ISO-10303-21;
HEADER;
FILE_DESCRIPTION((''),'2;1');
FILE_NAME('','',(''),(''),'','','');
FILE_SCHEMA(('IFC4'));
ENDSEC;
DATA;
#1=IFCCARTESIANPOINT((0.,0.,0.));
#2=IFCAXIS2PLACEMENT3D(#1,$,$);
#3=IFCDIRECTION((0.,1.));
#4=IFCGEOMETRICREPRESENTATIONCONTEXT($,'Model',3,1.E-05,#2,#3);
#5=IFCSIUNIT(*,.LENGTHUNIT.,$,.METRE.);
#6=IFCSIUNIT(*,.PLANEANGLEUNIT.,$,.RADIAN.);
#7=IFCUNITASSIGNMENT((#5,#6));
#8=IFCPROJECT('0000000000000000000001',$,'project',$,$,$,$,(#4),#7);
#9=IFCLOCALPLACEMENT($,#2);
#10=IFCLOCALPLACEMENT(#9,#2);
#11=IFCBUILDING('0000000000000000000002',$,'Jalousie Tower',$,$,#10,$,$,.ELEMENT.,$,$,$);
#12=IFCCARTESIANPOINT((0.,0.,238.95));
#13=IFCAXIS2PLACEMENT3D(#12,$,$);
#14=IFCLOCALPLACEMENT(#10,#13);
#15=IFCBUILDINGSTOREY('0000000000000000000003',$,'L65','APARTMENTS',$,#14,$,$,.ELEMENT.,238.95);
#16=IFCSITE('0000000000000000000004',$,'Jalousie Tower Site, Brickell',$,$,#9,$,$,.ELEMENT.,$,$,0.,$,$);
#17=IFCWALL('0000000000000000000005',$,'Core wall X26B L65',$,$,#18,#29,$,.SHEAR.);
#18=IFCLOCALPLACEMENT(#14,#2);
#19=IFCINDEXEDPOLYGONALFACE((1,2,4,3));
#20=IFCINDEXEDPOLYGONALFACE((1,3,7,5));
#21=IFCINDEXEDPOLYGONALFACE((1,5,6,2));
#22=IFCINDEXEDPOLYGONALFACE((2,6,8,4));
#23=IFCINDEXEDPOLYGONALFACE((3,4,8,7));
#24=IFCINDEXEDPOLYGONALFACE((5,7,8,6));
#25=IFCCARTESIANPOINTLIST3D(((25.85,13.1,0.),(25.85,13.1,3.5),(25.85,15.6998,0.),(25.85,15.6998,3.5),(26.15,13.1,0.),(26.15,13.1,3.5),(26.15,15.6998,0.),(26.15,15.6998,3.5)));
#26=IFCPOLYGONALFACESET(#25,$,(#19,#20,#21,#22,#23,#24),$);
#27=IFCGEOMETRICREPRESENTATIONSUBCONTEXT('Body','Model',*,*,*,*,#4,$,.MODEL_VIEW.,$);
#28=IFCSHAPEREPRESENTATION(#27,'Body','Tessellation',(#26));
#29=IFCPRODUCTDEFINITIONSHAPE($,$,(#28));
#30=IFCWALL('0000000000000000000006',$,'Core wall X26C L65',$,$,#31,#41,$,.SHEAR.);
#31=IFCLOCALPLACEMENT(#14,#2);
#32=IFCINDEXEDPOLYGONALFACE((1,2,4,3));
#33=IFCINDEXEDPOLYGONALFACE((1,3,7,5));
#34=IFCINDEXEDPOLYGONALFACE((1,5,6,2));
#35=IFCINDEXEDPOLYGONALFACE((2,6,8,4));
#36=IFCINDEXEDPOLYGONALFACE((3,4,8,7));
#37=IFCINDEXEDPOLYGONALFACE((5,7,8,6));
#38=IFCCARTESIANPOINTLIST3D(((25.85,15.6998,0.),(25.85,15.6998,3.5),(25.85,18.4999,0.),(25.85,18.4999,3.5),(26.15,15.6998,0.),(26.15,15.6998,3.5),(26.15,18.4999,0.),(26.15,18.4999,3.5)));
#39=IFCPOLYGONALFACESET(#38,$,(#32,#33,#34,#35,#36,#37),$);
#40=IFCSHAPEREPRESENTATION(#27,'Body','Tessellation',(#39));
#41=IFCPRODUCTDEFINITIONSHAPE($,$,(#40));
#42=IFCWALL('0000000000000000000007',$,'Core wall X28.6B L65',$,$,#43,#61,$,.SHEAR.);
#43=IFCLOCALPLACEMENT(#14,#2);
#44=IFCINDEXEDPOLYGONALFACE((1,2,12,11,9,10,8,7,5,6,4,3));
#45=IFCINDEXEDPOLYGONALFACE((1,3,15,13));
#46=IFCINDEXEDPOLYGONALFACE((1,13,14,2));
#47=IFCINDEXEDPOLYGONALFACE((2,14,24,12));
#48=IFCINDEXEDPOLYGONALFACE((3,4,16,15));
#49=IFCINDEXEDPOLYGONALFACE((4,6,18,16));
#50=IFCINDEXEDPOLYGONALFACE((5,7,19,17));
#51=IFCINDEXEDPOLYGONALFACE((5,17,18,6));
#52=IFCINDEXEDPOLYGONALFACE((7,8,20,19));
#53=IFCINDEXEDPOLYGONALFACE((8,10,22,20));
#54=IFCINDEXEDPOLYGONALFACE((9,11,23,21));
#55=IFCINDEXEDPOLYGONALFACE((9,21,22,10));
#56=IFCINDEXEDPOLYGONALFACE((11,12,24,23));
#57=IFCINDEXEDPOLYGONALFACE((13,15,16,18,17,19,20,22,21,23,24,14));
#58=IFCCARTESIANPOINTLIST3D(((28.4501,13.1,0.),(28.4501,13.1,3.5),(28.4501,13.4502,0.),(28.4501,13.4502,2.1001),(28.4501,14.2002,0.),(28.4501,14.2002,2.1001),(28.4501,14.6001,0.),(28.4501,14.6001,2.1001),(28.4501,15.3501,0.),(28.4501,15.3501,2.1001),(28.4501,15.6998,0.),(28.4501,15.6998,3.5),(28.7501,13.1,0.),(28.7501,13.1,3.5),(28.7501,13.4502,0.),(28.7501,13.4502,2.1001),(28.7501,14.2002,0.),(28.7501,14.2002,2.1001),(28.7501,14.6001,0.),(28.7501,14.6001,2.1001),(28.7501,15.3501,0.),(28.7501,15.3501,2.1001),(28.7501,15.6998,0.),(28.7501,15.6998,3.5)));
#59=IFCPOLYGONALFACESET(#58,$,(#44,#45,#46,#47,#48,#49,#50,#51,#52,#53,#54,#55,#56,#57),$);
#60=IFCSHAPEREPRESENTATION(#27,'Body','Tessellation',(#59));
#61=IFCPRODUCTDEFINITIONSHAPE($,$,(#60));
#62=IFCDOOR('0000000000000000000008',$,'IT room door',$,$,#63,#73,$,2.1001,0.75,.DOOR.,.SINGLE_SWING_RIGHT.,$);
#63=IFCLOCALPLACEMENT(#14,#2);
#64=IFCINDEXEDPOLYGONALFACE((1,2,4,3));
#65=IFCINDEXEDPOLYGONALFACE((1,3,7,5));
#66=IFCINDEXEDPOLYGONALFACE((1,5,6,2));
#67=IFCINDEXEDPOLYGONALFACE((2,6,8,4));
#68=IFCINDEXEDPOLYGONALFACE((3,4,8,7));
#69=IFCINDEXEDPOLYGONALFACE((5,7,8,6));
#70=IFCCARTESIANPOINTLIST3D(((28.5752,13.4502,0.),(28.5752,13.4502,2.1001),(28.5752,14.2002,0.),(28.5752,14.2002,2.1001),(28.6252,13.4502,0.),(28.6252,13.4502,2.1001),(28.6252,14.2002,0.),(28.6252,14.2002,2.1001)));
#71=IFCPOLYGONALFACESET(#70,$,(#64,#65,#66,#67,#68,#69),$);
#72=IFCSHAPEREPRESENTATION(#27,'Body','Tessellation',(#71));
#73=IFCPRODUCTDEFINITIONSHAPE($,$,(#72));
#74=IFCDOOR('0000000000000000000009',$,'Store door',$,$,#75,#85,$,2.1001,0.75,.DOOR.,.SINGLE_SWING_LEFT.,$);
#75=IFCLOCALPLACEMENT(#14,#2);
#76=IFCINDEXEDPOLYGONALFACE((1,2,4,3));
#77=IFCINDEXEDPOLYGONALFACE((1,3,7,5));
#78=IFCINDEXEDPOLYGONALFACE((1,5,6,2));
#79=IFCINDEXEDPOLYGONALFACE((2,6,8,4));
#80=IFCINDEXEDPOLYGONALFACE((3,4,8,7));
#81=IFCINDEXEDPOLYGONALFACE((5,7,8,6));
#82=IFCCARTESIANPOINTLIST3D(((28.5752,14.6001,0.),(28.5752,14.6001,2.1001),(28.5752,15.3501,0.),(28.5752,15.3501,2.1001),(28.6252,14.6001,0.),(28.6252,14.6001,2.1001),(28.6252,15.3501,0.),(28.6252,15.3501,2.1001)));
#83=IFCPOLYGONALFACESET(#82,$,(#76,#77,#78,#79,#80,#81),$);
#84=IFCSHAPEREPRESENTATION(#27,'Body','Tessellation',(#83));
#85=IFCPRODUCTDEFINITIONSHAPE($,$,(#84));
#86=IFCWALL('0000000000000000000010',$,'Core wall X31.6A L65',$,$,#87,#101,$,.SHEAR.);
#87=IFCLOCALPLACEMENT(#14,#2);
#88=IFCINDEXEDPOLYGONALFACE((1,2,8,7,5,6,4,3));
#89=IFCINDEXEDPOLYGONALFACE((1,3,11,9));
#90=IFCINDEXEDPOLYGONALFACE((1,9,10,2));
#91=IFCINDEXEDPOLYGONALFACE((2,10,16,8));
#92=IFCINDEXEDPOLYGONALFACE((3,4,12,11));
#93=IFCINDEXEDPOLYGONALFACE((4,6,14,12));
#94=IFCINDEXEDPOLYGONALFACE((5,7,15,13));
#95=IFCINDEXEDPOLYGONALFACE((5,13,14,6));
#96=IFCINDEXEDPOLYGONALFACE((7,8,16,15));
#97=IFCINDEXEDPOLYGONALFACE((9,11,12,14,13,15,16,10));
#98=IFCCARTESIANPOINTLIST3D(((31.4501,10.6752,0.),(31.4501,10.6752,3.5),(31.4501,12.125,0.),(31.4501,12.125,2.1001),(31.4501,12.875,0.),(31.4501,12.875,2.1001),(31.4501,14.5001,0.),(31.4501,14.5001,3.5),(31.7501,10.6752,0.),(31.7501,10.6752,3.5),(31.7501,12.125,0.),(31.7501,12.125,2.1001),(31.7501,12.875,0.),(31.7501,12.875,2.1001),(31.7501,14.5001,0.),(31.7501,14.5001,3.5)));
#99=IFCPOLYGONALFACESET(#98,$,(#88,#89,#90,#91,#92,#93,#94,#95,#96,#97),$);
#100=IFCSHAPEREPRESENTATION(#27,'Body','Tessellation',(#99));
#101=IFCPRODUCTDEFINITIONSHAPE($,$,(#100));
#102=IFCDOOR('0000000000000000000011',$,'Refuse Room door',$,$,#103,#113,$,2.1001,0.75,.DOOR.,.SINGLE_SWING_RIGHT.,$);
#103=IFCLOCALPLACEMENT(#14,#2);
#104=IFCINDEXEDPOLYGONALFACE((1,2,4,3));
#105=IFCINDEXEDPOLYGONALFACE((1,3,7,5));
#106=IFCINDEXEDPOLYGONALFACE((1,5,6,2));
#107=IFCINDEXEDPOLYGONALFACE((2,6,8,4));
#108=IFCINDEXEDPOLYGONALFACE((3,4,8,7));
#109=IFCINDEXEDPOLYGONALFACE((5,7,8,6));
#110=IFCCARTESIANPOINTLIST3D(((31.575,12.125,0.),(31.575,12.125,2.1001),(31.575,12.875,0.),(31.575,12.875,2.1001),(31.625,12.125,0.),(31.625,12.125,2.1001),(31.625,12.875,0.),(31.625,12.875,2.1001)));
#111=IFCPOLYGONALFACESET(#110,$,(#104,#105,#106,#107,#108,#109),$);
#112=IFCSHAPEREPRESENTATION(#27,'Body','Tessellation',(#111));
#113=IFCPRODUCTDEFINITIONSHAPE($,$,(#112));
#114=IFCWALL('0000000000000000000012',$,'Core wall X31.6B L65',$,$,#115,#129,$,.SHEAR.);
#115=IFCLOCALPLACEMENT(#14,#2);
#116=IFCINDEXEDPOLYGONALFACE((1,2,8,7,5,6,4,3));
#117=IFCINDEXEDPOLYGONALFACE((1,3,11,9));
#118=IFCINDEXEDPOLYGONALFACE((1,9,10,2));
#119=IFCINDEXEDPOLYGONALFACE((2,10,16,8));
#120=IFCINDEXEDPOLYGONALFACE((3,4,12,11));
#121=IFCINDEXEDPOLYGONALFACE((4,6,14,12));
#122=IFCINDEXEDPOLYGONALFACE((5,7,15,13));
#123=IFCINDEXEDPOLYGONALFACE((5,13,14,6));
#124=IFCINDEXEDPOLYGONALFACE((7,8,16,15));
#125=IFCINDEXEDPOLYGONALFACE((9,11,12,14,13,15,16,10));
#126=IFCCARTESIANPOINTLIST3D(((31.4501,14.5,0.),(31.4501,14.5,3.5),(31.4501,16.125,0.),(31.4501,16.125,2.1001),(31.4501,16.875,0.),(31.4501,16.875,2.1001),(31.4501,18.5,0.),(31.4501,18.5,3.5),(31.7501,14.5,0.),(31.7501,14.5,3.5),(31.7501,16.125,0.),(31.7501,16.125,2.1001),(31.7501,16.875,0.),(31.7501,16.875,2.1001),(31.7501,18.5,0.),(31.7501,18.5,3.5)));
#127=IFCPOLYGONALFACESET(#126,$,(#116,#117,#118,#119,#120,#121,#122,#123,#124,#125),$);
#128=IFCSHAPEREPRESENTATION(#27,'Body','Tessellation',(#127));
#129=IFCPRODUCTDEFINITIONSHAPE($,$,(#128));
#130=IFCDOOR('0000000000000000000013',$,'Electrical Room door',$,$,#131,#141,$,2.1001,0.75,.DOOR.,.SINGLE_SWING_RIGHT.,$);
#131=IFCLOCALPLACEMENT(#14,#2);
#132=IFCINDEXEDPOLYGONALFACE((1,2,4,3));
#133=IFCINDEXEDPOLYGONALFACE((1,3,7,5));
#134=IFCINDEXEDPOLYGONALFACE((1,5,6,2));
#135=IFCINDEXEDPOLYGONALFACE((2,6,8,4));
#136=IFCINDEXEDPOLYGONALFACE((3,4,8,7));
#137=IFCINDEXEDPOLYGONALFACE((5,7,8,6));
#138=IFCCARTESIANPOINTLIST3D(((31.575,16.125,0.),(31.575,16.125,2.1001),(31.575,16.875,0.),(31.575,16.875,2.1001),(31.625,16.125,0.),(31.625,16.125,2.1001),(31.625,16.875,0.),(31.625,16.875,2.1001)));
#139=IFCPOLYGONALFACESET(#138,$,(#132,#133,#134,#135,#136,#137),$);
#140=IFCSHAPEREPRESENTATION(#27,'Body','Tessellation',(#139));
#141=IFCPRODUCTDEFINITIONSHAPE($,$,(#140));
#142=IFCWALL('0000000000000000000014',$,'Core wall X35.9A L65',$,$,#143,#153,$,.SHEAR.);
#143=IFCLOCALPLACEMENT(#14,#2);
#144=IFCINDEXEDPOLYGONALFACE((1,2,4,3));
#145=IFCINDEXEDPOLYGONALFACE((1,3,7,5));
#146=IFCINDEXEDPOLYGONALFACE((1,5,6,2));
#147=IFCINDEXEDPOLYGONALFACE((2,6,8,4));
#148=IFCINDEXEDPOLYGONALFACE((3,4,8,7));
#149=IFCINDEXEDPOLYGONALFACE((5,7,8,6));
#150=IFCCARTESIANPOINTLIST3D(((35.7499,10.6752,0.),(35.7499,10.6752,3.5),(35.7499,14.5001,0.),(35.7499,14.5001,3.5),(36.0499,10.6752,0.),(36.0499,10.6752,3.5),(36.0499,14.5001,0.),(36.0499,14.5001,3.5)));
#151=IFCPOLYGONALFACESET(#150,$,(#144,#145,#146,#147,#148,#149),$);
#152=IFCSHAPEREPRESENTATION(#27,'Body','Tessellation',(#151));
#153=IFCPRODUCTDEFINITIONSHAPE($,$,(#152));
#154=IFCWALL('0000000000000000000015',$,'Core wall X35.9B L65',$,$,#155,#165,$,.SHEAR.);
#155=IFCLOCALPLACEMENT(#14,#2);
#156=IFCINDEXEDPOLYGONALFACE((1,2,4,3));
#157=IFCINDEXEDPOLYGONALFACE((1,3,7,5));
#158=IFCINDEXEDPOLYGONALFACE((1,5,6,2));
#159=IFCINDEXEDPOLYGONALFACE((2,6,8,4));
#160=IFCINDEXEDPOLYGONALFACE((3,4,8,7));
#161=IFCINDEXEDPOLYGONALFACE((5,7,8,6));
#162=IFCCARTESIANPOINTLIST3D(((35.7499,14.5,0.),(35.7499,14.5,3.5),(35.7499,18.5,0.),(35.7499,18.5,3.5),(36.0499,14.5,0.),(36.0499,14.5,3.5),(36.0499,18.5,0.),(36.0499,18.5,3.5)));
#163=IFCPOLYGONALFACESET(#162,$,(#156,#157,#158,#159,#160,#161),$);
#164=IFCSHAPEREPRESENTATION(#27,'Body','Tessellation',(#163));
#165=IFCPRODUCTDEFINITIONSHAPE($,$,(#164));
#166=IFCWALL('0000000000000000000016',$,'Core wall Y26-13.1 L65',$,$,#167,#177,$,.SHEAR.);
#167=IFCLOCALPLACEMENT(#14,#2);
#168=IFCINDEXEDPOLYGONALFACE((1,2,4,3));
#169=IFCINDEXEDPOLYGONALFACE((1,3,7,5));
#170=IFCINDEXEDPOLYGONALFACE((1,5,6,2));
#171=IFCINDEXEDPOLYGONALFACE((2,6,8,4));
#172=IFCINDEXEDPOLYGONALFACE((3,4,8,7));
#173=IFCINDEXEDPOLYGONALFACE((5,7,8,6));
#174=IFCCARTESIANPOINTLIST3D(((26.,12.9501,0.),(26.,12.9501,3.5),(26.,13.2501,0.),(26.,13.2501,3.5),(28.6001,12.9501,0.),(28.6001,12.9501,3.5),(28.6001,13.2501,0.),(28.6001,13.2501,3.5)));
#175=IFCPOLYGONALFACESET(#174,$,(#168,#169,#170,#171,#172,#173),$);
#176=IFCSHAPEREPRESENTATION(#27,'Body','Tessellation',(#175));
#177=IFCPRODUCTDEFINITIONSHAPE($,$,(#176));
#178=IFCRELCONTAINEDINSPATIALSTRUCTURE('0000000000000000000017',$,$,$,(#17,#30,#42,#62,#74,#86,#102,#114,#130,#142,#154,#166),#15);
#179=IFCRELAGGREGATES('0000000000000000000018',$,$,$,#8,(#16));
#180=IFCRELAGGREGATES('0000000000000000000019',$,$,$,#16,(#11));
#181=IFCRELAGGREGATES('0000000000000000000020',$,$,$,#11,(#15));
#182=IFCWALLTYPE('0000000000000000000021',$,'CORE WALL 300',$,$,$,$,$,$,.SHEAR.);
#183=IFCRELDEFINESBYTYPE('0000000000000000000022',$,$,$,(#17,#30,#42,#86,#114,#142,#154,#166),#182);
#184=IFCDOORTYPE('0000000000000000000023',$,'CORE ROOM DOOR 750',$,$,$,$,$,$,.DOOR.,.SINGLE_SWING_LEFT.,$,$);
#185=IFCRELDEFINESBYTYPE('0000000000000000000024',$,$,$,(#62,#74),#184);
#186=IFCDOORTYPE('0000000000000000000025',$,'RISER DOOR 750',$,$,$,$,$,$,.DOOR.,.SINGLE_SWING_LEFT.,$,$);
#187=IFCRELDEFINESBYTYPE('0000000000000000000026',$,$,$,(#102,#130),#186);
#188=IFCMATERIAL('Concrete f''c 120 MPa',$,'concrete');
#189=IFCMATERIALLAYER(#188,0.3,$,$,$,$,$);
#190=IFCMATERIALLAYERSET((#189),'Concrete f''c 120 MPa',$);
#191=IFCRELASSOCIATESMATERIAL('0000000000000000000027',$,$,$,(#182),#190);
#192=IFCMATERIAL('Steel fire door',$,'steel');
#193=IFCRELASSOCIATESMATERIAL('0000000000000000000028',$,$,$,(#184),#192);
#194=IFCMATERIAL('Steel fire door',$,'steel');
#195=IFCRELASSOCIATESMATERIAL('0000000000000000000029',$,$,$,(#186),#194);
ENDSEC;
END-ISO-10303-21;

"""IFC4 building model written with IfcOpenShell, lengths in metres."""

from ifc_helpers import new_model, si_unit, direction, frame, frame_2d, origin, place, context, subcontext, project, spatial, rectangle, extrude, material, layer, layer_set, type_object, element, fill, save


model = new_model("IFC4")

# Units and contexts
model_context = context("Model", 3, precision=1e-05, world=origin(), true_north=direction((0.0, 1.0)))
body_context = subcontext(model_context, "Body", "Model", "MODEL_VIEW")
ifc_project = project(units=[si_unit("LENGTHUNIT", "METRE"), si_unit("PLANEANGLEUNIT", "RADIAN")], contexts=[model_context])

# Site, building, storey
site_placement = place(None, origin())
site = spatial("IfcSite", under=ifc_project, at=site_placement, Name="Jalousie Tower Site, Brickell", CompositionType="ELEMENT", RefElevation=0.0)
building_placement = place(site_placement, origin())
building = spatial("IfcBuilding", under=site, at=building_placement, Name="Jalousie Tower", CompositionType="ELEMENT")
storey_placement = place(building_placement, frame((0.0, 0.0, 238.95)))
storey = spatial("IfcBuildingStorey", under=building, at=storey_placement, Name="L65", Description="APARTMENTS", CompositionType="ELEMENT", Elevation=238.95)

# Walls
ifc_material_1 = material(Name="Concrete f'c 120 MPa", Category="concrete")
ifc_layer = layer(ifc_material_1, 0.3)
ifc_layer_set = layer_set([ifc_layer], Name="Concrete f'c 120 MPa")
wall_type_1 = type_object("IfcWallType", Name="CORE WALL 300", PredefinedType="SHEAR", material=ifc_layer_set)
wall_1_placement = place(storey_placement, frame((26.0, 13.1001, 0.0), z_axis=(0.0, 0.0, 1.0), x_axis=(0.0, 1.0, 0.0)))
element("IfcWall", 1, at=wall_1_placement, inside=storey, type_object=wall_type_1, Name="Core wall X26B L65", PredefinedType="SHEAR", context=body_context, shape_type="SweptSolid", body=[
    extrude(rectangle(XDim=2.5999, YDim=0.3, at=frame_2d((1.2998, 0.0))), origin(), (0.0, 0.0, 1.0), 3.5),
])
wall_2_placement = place(storey_placement, frame((26.0, 15.7, 0.0), z_axis=(0.0, 0.0, 1.0), x_axis=(0.0, 1.0, 0.0)))
element("IfcWall", 2, at=wall_2_placement, inside=storey, type_object=wall_type_1, Name="Core wall X26C L65", PredefinedType="SHEAR", context=body_context, shape_type="SweptSolid", body=[
    extrude(rectangle(XDim=2.8, YDim=0.3, at=frame_2d((1.3999, 0.0))), origin(), (0.0, 0.0, 1.0), 3.5),
])

# Wall, openings, doors
wall_3_placement = place(storey_placement, frame((28.6001, 13.1001, 0.0), z_axis=(0.0, 0.0, 1.0), x_axis=(0.0, 1.0, 0.0)))
wall_3 = element("IfcWall", 3, at=wall_3_placement, inside=storey, type_object=wall_type_1, Name="Core wall X28.6B L65", PredefinedType="SHEAR", context=body_context, shape_type="SweptSolid", body=[
    extrude(rectangle(XDim=2.5999, YDim=0.3, at=frame_2d((1.2998, 0.0))), origin(), (0.0, 0.0, 1.0), 3.5),
])
opening_1_placement = place(wall_3_placement, frame((0.3501, 0.0, 0.0)))
opening_1 = element("IfcOpeningElement", 4, at=opening_1_placement, cuts=wall_3, PredefinedType="OPENING", context=body_context, shape_type="SweptSolid", body=[
    extrude(rectangle(XDim=0.75, YDim=2.1001, at=frame_2d((0.375, 1.05))), frame((0.0, 0.1599, 0.0), z_axis=(0.0, -1.0, 0.0), x_axis=(1.0, 0.0, 0.0)), (0.0, 0.0, 1.0), 0.3201),
])
opening_2_placement = place(wall_3_placement, frame((1.5, 0.0, 0.0)))
opening_2 = element("IfcOpeningElement", 5, at=opening_2_placement, cuts=wall_3, PredefinedType="OPENING", context=body_context, shape_type="SweptSolid", body=[
    extrude(rectangle(XDim=0.75, YDim=2.1001, at=frame_2d((0.375, 1.05))), frame((0.0, 0.1599, 0.0), z_axis=(0.0, -1.0, 0.0), x_axis=(1.0, 0.0, 0.0)), (0.0, 0.0, 1.0), 0.3201),
])
ifc_material_2 = material(Name="Steel fire door", Category="steel")
door_type_1 = type_object("IfcDoorType", Name="CORE ROOM DOOR 750", OperationType="SINGLE_SWING_LEFT", PredefinedType="DOOR", material=ifc_material_2)
door_1_placement = place(opening_1_placement, origin())
door_1 = element("IfcDoor", 6, at=door_1_placement, inside=storey, type_object=door_type_1, Name="IT room door", OperationType="SINGLE_SWING_RIGHT", OverallHeight=2.1001, OverallWidth=0.75, PredefinedType="DOOR", context=body_context, shape_type="SweptSolid", body=[
    extrude(rectangle(XDim=0.75, YDim=2.1001, at=frame_2d((0.375, 1.05))), frame((0.0, 0.0249, 0.0), z_axis=(0.0, -1.0, 0.0), x_axis=(1.0, 0.0, 0.0)), (0.0, 0.0, 1.0), 0.05),
])
fill(opening_1, door_1)
door_2_placement = place(opening_2_placement, origin())
door_2 = element("IfcDoor", 7, at=door_2_placement, inside=storey, type_object=door_type_1, Name="Store door", OperationType="SINGLE_SWING_LEFT", OverallHeight=2.1001, OverallWidth=0.75, PredefinedType="DOOR", context=body_context, shape_type="SweptSolid", body=[
    extrude(rectangle(XDim=0.75, YDim=2.1001, at=frame_2d((0.375, 1.05))), frame((0.0, 0.0249, 0.0), z_axis=(0.0, -1.0, 0.0), x_axis=(1.0, 0.0, 0.0)), (0.0, 0.0, 1.0), 0.05),
])
fill(opening_2, door_2)

# Walls, openings, doors
wall_4_placement = place(storey_placement, frame((31.6001, 10.675, 0.0), z_axis=(0.0, 0.0, 1.0), x_axis=(0.0, 1.0, 0.0)))
wall_4 = element("IfcWall", 8, at=wall_4_placement, inside=storey, type_object=wall_type_1, Name="Core wall X31.6A L65", PredefinedType="SHEAR", context=body_context, shape_type="SweptSolid", body=[
    extrude(rectangle(XDim=3.825, YDim=0.3, at=frame_2d((1.9126, 0.0))), origin(), (0.0, 0.0, 1.0), 3.5),
])
opening_3_placement = place(wall_4_placement, frame((1.45, 0.0, 0.0)))
opening_3 = element("IfcOpeningElement", 9, at=opening_3_placement, cuts=wall_4, PredefinedType="OPENING", context=body_context, shape_type="SweptSolid", body=[
    extrude(rectangle(XDim=0.75, YDim=2.1001, at=frame_2d((0.375, 1.05))), frame((0.0, 0.1599, 0.0), z_axis=(0.0, -1.0, 0.0), x_axis=(1.0, 0.0, 0.0)), (0.0, 0.0, 1.0), 0.3201),
])
ifc_material_3 = material(Name="Steel fire door", Category="steel")
door_type_2 = type_object("IfcDoorType", Name="RISER DOOR 750", OperationType="SINGLE_SWING_LEFT", PredefinedType="DOOR", material=ifc_material_3)
door_3_placement = place(opening_3_placement, frame((0.75, 0.0, 0.0), z_axis=(0.0, 0.0, 1.0), x_axis=(-1.0, 0.0, 0.0)))
door_3 = element("IfcDoor", 10, at=door_3_placement, inside=storey, type_object=door_type_2, Name="Refuse Room door", OperationType="SINGLE_SWING_RIGHT", OverallHeight=2.1001, OverallWidth=0.75, PredefinedType="DOOR", context=body_context, shape_type="SweptSolid", body=[
    extrude(rectangle(XDim=0.75, YDim=2.1001, at=frame_2d((0.375, 1.05))), frame((0.0, 0.0249, 0.0), z_axis=(0.0, -1.0, 0.0), x_axis=(1.0, 0.0, 0.0)), (0.0, 0.0, 1.0), 0.05),
])
fill(opening_3, door_3)
wall_5_placement = place(storey_placement, frame((31.6001, 14.5, 0.0), z_axis=(0.0, 0.0, 1.0), x_axis=(0.0, 1.0, 0.0)))
wall_5 = element("IfcWall", 11, at=wall_5_placement, inside=storey, type_object=wall_type_1, Name="Core wall X31.6B L65", PredefinedType="SHEAR", context=body_context, shape_type="SweptSolid", body=[
    extrude(rectangle(XDim=4.0, YDim=0.3, at=frame_2d((2.0, 0.0))), origin(), (0.0, 0.0, 1.0), 3.5),
])
opening_4_placement = place(wall_5_placement, frame((1.625, 0.0, 0.0)))
opening_4 = element("IfcOpeningElement", 12, at=opening_4_placement, cuts=wall_5, PredefinedType="OPENING", context=body_context, shape_type="SweptSolid", body=[
    extrude(rectangle(XDim=0.75, YDim=2.1001, at=frame_2d((0.375, 1.05))), frame((0.0, 0.1599, 0.0), z_axis=(0.0, -1.0, 0.0), x_axis=(1.0, 0.0, 0.0)), (0.0, 0.0, 1.0), 0.3201),
])
door_4_placement = place(opening_4_placement, frame((0.75, 0.0, 0.0), z_axis=(0.0, 0.0, 1.0), x_axis=(-1.0, 0.0, 0.0)))
door_4 = element("IfcDoor", 13, at=door_4_placement, inside=storey, type_object=door_type_2, Name="Electrical Room door", OperationType="SINGLE_SWING_RIGHT", OverallHeight=2.1001, OverallWidth=0.75, PredefinedType="DOOR", context=body_context, shape_type="SweptSolid", body=[
    extrude(rectangle(XDim=0.75, YDim=2.1001, at=frame_2d((0.375, 1.05))), frame((0.0, 0.0249, 0.0), z_axis=(0.0, -1.0, 0.0), x_axis=(1.0, 0.0, 0.0)), (0.0, 0.0, 1.0), 0.05),
])
fill(opening_4, door_4)

# Walls
wall_6_placement = place(storey_placement, frame((35.8999, 10.675, 0.0), z_axis=(0.0, 0.0, 1.0), x_axis=(0.0, 1.0, 0.0)))
element("IfcWall", 14, at=wall_6_placement, inside=storey, type_object=wall_type_1, Name="Core wall X35.9A L65", PredefinedType="SHEAR", context=body_context, shape_type="SweptSolid", body=[
    extrude(rectangle(XDim=3.825, YDim=0.3, at=frame_2d((1.9126, 0.0))), origin(), (0.0, 0.0, 1.0), 3.5),
])
wall_7_placement = place(storey_placement, frame((35.8999, 14.5, 0.0), z_axis=(0.0, 0.0, 1.0), x_axis=(0.0, 1.0, 0.0)))
element("IfcWall", 15, at=wall_7_placement, inside=storey, type_object=wall_type_1, Name="Core wall X35.9B L65", PredefinedType="SHEAR", context=body_context, shape_type="SweptSolid", body=[
    extrude(rectangle(XDim=4.0, YDim=0.3, at=frame_2d((2.0, 0.0))), origin(), (0.0, 0.0, 1.0), 3.5),
])
for number, where, z_axis, x_axis, name in (
    (16, (26.0, 13.1001, 0.0), (0.0, 0.0, 1.0), (1.0, 0.0, 0.0), "Core wall Y26-13.1 L65"),
):
    element("IfcWall", number, at=place(storey_placement, frame(where, z_axis=z_axis, x_axis=x_axis)), inside=storey, type_object=wall_type_1, Name=name, PredefinedType="SHEAR", context=body_context, shape_type="SweptSolid", body=[
        extrude(rectangle(XDim=2.6001, YDim=0.3, at=frame_2d((1.3, 0.0))), origin(), (0.0, 0.0, 1.0), 3.5),
    ])

save(model, "model.ifc")
